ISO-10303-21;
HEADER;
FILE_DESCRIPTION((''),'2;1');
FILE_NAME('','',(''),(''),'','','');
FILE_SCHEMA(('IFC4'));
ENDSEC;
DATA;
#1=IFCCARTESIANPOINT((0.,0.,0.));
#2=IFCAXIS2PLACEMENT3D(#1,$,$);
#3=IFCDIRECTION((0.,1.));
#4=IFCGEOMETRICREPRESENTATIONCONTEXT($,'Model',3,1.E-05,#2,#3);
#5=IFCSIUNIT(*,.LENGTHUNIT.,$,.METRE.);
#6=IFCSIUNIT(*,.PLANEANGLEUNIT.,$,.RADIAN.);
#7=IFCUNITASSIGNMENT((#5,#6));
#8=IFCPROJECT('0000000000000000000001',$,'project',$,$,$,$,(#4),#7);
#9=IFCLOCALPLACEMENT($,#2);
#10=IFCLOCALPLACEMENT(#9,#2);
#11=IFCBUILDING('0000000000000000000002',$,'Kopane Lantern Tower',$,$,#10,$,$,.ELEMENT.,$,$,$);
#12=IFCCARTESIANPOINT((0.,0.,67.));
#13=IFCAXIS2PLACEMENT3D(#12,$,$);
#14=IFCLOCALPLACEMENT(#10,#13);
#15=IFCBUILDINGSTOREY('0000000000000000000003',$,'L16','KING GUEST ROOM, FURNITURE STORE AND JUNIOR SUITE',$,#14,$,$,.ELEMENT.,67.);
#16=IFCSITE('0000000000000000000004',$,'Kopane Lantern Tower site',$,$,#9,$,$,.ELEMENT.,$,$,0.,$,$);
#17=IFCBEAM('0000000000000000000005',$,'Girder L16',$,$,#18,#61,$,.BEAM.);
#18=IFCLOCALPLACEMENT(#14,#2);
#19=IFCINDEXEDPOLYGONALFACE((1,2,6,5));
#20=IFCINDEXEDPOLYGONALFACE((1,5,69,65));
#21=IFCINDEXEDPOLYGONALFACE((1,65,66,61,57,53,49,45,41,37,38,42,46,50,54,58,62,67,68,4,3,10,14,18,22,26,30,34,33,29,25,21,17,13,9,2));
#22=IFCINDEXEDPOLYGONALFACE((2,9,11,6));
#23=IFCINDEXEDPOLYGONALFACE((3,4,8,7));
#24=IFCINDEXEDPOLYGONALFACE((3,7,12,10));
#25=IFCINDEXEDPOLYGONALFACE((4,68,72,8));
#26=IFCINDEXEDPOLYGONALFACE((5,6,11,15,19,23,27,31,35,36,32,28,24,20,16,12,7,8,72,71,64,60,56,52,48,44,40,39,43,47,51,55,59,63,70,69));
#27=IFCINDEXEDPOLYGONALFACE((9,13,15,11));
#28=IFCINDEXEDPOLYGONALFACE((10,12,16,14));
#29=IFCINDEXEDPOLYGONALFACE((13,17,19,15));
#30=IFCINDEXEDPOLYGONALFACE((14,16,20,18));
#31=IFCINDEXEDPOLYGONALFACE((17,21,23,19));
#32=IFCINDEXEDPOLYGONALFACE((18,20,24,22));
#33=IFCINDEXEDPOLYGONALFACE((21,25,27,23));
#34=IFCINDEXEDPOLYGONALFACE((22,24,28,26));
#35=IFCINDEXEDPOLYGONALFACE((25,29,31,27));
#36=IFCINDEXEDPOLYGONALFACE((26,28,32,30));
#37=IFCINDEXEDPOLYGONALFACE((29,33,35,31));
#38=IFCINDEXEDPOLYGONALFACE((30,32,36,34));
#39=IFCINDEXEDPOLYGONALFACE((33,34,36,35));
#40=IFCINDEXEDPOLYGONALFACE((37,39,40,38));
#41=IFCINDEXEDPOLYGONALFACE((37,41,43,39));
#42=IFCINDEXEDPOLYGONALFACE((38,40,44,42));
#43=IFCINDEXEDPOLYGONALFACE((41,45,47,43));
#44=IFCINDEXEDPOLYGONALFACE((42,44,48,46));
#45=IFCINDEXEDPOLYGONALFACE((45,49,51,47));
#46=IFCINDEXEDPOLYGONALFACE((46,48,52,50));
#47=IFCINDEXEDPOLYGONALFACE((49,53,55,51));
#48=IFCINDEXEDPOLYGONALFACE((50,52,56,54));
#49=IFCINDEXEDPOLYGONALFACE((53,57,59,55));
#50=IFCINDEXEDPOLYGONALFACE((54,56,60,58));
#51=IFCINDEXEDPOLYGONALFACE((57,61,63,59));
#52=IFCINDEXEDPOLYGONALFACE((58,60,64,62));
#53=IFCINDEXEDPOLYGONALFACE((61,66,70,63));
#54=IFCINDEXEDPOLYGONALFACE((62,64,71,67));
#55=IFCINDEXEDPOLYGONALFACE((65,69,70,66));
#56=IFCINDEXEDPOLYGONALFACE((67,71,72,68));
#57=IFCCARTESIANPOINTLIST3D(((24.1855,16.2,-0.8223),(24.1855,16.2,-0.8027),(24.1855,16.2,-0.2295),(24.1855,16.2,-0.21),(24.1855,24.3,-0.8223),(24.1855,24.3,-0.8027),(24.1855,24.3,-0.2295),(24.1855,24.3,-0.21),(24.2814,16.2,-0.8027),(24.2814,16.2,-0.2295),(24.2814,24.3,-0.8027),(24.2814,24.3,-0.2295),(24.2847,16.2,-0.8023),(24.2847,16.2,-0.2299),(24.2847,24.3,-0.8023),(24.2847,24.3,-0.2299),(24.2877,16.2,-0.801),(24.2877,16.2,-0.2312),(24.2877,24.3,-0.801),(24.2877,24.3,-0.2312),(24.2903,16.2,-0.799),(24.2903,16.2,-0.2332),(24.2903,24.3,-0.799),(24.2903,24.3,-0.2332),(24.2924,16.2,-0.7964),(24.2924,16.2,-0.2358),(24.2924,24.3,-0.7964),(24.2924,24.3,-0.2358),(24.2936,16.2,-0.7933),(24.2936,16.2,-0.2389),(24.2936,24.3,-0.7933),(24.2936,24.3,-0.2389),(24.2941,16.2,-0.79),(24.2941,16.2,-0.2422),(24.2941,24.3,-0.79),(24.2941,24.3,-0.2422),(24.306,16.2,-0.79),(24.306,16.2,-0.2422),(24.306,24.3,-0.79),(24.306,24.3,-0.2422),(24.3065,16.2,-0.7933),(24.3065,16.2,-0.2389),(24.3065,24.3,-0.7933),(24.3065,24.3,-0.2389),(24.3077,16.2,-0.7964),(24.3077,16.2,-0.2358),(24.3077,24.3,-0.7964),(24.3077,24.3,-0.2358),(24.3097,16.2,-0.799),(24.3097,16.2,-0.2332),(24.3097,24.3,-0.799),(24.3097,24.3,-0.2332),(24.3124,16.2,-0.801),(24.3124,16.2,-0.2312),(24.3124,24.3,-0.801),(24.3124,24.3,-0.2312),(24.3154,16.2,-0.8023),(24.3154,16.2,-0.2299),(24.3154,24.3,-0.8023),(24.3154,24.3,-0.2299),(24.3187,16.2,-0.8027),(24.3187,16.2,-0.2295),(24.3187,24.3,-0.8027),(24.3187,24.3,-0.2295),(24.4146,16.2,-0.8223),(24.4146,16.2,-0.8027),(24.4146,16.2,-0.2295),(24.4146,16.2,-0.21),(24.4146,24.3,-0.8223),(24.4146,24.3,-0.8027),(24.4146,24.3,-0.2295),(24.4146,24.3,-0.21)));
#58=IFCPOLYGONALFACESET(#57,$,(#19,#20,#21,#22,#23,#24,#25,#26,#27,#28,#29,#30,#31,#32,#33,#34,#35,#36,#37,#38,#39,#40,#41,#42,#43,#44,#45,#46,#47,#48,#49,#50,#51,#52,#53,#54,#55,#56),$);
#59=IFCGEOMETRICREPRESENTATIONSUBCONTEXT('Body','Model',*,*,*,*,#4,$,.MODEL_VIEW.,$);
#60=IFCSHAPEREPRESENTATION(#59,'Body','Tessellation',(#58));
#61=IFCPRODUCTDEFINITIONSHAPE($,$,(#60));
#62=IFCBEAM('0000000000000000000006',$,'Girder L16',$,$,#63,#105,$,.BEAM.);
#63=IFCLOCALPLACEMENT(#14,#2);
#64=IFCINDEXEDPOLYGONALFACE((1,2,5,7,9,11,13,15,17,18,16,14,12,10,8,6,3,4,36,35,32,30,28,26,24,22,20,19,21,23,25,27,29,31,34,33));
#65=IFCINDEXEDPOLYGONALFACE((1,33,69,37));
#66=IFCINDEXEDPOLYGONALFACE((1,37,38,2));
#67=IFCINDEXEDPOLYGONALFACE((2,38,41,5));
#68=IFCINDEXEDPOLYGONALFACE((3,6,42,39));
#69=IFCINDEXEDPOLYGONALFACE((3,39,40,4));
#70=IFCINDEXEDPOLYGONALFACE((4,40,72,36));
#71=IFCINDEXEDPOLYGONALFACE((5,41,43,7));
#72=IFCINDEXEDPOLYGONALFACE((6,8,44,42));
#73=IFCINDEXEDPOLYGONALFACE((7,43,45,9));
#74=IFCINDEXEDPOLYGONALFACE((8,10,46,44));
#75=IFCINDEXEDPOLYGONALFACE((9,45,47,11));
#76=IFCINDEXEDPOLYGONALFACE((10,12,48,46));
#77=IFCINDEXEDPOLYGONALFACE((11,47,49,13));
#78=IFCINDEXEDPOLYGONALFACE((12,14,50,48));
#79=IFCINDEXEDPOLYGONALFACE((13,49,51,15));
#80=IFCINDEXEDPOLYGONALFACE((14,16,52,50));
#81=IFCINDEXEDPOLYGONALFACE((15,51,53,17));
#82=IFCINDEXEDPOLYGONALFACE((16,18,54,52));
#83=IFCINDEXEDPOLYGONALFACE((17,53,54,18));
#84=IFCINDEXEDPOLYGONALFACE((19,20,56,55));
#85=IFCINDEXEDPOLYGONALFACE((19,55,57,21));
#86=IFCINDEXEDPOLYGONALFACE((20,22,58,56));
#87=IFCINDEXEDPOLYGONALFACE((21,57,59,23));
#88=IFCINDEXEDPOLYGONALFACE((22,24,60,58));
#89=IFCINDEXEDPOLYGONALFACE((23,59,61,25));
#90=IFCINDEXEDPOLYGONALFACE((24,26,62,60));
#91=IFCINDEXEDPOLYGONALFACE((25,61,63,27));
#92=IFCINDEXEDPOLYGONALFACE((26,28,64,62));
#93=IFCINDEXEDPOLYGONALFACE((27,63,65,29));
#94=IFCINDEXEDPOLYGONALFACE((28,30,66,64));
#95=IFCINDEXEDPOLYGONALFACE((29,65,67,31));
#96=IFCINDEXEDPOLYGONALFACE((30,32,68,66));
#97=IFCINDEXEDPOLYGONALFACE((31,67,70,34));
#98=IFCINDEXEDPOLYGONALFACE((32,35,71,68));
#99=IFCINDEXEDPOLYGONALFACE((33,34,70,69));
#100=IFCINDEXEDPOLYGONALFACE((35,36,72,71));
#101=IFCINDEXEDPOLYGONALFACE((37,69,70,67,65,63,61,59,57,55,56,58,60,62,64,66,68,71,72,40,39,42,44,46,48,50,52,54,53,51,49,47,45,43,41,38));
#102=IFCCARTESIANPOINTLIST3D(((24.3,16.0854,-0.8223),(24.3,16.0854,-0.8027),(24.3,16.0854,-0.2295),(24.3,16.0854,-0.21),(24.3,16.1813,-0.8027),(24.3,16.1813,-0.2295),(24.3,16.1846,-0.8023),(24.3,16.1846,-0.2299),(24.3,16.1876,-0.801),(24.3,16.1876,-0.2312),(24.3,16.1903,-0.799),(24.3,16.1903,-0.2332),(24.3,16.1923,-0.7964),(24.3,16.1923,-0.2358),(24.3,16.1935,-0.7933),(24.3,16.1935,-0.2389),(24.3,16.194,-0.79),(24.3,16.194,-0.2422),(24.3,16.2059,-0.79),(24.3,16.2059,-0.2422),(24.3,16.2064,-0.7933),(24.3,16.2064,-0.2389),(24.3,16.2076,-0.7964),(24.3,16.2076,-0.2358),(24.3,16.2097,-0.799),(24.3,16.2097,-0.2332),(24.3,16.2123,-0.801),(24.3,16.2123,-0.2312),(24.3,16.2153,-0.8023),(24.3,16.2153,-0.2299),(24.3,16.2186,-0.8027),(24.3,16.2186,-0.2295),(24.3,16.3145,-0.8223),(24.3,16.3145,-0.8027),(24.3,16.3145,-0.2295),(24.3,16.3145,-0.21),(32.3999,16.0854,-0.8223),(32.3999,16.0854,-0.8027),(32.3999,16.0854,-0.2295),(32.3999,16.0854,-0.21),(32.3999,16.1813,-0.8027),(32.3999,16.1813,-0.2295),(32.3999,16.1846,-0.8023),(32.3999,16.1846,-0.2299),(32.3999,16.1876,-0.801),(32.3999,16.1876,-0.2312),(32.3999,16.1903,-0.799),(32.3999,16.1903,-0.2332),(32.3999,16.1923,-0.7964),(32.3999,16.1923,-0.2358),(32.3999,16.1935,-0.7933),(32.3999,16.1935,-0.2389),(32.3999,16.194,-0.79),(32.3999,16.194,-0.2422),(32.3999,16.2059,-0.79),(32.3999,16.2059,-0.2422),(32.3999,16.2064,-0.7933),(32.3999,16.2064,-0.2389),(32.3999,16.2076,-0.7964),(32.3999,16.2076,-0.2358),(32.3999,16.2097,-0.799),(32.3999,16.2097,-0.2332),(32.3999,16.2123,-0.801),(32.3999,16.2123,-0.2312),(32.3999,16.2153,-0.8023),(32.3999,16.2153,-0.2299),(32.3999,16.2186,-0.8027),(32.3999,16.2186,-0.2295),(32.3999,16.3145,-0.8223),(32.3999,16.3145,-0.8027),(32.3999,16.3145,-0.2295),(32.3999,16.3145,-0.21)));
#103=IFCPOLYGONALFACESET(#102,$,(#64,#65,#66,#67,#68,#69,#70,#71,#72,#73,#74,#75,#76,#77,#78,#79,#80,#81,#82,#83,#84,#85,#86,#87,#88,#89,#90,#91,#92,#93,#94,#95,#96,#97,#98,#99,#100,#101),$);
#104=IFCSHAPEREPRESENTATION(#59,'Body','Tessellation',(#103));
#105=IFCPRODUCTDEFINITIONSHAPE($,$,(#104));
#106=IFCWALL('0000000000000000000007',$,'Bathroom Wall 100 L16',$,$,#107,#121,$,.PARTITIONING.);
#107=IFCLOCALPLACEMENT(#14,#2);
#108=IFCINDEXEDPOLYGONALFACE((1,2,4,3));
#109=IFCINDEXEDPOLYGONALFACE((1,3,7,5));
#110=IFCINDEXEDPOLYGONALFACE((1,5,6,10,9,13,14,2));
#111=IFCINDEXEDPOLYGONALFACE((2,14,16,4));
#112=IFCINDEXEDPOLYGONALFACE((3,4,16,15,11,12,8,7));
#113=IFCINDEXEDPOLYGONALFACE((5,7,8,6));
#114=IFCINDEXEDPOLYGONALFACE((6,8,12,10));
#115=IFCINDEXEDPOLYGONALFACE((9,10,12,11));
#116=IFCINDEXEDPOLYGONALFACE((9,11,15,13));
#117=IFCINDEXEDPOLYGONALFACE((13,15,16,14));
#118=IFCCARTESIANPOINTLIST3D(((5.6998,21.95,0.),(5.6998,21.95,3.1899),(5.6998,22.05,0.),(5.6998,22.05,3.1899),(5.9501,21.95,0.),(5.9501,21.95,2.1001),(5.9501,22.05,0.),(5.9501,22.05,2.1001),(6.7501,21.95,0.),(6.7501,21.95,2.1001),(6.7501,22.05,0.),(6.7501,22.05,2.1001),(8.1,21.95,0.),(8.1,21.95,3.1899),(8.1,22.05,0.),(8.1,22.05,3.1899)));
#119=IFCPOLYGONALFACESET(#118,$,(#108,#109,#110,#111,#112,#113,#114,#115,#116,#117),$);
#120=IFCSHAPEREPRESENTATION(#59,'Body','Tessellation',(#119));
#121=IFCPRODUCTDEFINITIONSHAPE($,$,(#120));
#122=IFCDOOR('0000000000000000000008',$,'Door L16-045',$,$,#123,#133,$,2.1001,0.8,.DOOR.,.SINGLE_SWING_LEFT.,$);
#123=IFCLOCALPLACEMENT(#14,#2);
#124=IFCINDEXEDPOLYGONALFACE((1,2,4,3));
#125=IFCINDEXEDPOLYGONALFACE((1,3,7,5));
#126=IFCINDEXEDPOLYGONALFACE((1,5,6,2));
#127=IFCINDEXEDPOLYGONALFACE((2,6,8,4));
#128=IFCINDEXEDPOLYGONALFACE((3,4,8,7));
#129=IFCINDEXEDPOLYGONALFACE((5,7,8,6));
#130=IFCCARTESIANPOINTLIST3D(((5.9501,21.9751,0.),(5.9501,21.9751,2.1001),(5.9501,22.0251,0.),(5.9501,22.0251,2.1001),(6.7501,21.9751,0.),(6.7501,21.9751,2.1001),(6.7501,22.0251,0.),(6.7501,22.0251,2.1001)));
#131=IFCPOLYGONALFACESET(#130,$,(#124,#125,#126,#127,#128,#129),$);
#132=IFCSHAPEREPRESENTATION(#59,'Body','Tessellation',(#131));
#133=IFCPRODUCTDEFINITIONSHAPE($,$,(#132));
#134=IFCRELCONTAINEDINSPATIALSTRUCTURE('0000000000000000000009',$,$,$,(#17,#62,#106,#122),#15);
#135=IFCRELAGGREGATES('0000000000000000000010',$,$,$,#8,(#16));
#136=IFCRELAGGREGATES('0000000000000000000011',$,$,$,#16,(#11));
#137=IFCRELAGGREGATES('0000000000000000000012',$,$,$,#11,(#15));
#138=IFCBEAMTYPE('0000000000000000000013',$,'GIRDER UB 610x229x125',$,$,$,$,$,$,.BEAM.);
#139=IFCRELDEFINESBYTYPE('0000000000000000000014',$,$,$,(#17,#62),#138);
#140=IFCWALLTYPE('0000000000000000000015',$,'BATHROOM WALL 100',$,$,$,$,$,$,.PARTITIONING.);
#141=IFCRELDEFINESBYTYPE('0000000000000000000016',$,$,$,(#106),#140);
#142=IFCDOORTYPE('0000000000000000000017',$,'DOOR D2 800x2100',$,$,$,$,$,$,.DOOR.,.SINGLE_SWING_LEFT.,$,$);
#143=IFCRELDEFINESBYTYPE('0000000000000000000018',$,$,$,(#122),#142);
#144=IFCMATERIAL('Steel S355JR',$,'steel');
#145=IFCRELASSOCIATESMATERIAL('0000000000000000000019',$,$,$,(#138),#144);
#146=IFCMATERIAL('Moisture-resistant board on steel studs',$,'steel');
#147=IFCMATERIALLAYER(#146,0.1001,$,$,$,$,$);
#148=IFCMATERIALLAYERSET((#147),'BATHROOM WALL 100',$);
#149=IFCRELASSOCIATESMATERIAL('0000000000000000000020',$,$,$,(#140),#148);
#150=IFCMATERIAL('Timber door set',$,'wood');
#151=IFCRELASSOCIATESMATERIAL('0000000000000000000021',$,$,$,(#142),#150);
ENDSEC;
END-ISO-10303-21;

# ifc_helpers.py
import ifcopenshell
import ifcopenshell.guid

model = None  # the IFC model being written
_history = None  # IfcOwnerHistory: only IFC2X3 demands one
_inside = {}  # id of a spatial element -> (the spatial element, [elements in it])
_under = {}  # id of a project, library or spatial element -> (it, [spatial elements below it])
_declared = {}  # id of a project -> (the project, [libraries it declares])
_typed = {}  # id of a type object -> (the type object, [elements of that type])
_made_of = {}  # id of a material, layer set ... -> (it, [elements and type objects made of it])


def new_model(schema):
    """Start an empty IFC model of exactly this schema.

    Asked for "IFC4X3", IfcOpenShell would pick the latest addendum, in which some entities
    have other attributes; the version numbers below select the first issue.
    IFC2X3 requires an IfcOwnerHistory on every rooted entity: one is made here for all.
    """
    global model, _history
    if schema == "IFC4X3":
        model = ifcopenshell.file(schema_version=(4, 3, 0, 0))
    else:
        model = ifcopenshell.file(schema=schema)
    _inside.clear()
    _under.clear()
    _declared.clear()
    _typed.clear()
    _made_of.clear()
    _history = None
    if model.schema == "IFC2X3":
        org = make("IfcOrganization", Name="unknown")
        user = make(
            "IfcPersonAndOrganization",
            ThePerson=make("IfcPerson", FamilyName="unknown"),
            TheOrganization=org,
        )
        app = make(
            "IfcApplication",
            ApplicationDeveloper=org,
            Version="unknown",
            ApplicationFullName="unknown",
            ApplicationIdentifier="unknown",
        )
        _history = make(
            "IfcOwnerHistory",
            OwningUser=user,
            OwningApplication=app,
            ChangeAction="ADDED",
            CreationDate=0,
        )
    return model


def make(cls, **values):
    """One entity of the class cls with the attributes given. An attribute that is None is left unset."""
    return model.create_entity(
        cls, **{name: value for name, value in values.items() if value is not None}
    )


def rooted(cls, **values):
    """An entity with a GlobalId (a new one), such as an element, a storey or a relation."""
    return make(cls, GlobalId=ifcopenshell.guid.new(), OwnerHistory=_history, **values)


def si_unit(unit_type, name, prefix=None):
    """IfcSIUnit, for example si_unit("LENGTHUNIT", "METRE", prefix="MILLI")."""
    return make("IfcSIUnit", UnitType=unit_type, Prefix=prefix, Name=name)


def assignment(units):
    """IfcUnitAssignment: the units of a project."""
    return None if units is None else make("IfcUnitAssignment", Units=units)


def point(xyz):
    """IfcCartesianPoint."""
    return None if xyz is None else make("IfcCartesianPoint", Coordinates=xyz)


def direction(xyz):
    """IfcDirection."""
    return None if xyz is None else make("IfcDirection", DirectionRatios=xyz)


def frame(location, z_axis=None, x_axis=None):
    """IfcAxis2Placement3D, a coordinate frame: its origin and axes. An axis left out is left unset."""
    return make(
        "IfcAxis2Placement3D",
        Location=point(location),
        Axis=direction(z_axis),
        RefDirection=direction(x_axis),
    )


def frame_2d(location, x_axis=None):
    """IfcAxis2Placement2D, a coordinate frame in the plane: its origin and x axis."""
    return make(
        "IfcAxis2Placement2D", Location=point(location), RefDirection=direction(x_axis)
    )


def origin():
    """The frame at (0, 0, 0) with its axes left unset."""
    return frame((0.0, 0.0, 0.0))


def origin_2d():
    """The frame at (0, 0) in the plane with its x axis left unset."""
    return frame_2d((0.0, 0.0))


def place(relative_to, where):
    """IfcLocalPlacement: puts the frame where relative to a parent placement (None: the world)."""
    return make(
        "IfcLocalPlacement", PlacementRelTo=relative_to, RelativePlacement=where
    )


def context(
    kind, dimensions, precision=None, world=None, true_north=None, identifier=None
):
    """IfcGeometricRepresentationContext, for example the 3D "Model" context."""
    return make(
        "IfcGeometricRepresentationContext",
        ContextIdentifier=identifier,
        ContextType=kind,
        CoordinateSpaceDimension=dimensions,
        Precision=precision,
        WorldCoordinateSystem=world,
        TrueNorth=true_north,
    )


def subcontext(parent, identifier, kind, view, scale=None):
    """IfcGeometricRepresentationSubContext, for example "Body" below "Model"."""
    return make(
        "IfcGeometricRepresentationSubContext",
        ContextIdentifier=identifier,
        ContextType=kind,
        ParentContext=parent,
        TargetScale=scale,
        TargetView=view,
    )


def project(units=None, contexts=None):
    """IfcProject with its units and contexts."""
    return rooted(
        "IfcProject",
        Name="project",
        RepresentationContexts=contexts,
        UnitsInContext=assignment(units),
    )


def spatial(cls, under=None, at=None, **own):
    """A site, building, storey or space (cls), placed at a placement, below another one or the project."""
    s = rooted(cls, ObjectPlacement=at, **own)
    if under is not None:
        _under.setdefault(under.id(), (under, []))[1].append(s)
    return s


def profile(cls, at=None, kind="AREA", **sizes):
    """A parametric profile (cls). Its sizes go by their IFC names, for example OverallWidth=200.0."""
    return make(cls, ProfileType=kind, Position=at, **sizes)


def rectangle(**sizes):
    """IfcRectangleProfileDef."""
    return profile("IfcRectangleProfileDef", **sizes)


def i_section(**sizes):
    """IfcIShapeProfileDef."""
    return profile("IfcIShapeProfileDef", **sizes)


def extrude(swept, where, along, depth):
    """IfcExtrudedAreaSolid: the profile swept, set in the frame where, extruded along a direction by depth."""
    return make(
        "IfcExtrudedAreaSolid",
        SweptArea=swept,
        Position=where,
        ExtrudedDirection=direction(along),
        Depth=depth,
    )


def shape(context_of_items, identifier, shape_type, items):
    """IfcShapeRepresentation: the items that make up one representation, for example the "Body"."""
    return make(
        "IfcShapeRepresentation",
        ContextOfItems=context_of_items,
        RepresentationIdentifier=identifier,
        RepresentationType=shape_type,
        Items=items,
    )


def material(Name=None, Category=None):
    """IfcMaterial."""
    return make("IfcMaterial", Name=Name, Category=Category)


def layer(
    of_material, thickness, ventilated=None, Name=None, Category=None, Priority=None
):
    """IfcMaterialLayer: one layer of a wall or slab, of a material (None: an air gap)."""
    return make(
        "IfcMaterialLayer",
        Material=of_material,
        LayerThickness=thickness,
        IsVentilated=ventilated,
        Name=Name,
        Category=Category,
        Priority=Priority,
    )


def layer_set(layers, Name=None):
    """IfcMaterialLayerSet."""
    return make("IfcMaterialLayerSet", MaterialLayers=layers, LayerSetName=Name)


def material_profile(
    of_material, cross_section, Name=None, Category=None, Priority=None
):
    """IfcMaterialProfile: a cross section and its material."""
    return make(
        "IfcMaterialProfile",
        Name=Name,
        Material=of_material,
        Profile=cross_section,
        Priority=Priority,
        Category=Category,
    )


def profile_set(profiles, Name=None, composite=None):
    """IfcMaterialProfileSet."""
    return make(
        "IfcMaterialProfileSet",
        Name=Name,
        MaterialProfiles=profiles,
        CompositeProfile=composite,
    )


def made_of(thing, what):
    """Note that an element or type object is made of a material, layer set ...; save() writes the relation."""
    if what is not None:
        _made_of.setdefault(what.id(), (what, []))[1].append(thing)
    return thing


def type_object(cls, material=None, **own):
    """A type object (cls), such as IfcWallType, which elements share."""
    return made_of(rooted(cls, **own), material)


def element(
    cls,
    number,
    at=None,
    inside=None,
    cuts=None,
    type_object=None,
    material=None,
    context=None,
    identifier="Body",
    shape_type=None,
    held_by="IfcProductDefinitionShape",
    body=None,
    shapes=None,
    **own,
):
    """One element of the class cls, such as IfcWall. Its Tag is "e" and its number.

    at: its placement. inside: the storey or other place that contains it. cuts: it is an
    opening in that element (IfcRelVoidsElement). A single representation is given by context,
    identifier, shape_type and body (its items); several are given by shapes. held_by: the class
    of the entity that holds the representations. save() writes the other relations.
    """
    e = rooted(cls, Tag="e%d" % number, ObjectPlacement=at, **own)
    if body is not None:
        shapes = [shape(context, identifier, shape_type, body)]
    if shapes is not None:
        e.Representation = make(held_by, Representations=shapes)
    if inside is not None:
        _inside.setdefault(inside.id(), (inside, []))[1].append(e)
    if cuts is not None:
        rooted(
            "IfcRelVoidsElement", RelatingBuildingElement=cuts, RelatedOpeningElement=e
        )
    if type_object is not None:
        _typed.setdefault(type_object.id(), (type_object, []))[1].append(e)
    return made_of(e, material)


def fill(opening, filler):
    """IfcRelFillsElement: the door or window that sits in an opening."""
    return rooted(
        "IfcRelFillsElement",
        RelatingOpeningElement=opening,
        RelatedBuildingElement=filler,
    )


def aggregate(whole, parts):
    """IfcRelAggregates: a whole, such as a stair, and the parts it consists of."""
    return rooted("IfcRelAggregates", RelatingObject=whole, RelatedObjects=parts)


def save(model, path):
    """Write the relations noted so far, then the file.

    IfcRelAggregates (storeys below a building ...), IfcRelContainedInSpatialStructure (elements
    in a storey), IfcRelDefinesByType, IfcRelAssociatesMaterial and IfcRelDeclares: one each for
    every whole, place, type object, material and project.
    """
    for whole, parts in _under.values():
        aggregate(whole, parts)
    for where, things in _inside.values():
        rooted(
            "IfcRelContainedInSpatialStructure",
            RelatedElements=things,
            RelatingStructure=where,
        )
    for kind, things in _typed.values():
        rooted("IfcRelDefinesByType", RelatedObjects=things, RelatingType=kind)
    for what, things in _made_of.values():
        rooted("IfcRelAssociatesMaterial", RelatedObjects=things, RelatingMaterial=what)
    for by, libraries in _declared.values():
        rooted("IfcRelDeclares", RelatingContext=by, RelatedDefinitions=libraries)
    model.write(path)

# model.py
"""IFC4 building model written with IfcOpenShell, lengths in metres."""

from ifc_helpers import new_model, si_unit, direction, frame, frame_2d, origin, origin_2d, place, context, subcontext, project, spatial, rectangle, i_section, extrude, material, layer, layer_set, material_profile, profile_set, type_object, element, fill, save


model = new_model("IFC4")

# Units and contexts
model_context = context("Model", 3, precision=1e-05, world=origin(), true_north=direction((0.0, 1.0)))
body_context = subcontext(model_context, "Body", "Model", "MODEL_VIEW")
ifc_project = project(units=[si_unit("LENGTHUNIT", "METRE"), si_unit("PLANEANGLEUNIT", "RADIAN")], contexts=[model_context])

# Site, building, storey
site_placement = place(None, origin())
site = spatial("IfcSite", under=ifc_project, at=site_placement, Name="Kopane Lantern Tower site", CompositionType="ELEMENT", RefElevation=0.0)
building_placement = place(site_placement, origin())
building = spatial("IfcBuilding", under=site, at=building_placement, Name="Kopane Lantern Tower", CompositionType="ELEMENT")
storey_placement = place(building_placement, frame((0.0, 0.0, 67.0)))
storey = spatial("IfcBuildingStorey", under=building, at=storey_placement, Name="L16", Description="KING GUEST ROOM, FURNITURE STORE AND JUNIOR SUITE", CompositionType="ELEMENT", Elevation=67.0)

# Beams
ifc_material_1 = material(Name="Steel S355JR", Category="steel")
ifc_material_profile_1 = material_profile(ifc_material_1, i_section(OverallWidth=0.229, OverallDepth=0.6123, WebThickness=0.012, FlangeThickness=0.0195, FilletRadius=0.0127, at=origin_2d()), Name="UB 610x229x125")
ifc_profile_set_1 = profile_set([ifc_material_profile_1], Name="Steel S355JR")
beam_type = type_object("IfcBeamType", Name="GIRDER UB 610x229x125", PredefinedType="BEAM", material=ifc_profile_set_1)
for number, where, z_axis, x_axis, name in (
    (1, (24.3, 16.2, -0.5161), (0.0, 1.0, 0.0), (-1.0, 0.0, 0.0), "Girder L16"),
):
    element("IfcBeam", number, at=place(storey_placement, frame(where, z_axis=z_axis, x_axis=x_axis)), inside=storey, type_object=beam_type, Name=name, PredefinedType="BEAM", context=body_context, shape_type="SweptSolid", body=[
        extrude(i_section(OverallWidth=0.229, OverallDepth=0.6123, WebThickness=0.012, FlangeThickness=0.0195, FilletRadius=0.0127, at=origin_2d()), origin(), (0.0, 0.0, 1.0), 8.1001),
    ])
beam_1_placement = place(storey_placement, frame((24.3, 16.2, -0.5161), z_axis=(1.0, 0.0, 0.0), x_axis=(0.0, 1.0, 0.0)))
element("IfcBeam", 2, at=beam_1_placement, inside=storey, type_object=beam_type, Name="Girder L16", PredefinedType="BEAM", context=body_context, shape_type="SweptSolid", body=[
    extrude(i_section(OverallWidth=0.229, OverallDepth=0.6123, WebThickness=0.012, FlangeThickness=0.0195, FilletRadius=0.0127, at=origin_2d()), origin(), (0.0, 0.0, 1.0), 8.0999),
])

# Wall, opening, door
ifc_material_2 = material(Name="Moisture-resistant board on steel studs", Category="steel")
ifc_layer_1 = layer(ifc_material_2, 0.1001)
ifc_layer_set_1 = layer_set([ifc_layer_1], Name="BATHROOM WALL 100")
wall_type_1 = type_object("IfcWallType", Name="BATHROOM WALL 100", PredefinedType="PARTITIONING", material=ifc_layer_set_1)
wall_1_placement = place(storey_placement, frame((8.1001, 22.0, 0.0), z_axis=(0.0, 0.0, 1.0), x_axis=(-1.0, 0.0, 0.0)))
wall_1 = element("IfcWall", 3, at=wall_1_placement, inside=storey, type_object=wall_type_1, Name="Bathroom Wall 100 L16", PredefinedType="PARTITIONING", context=body_context, shape_type="SweptSolid", body=[
    extrude(rectangle(XDim=2.4001, YDim=0.1001, at=frame_2d((1.2002, 0.0))), origin(), (0.0, 0.0, 1.0), 3.1899),
])
opening_1_placement = place(wall_1_placement, frame((1.3501, 0.0, 0.0)))
opening_1 = element("IfcOpeningElement", 4, at=opening_1_placement, cuts=wall_1, PredefinedType="OPENING", context=body_context, shape_type="SweptSolid", body=[
    extrude(rectangle(XDim=0.8, YDim=2.1001, at=frame_2d((0.3999, 1.05))), frame((0.0, 0.0601, 0.0), z_axis=(0.0, -1.0, 0.0), x_axis=(1.0, 0.0, 0.0)), (0.0, 0.0, 1.0), 0.1201),
])
ifc_material_3 = material(Name="Timber door set", Category="wood")
door_type_1 = type_object("IfcDoorType", Name="DOOR D2 800x2100", OperationType="SINGLE_SWING_LEFT", PredefinedType="DOOR", material=ifc_material_3)
door_1_placement = place(opening_1_placement, origin())
door_1 = element("IfcDoor", 5, at=door_1_placement, inside=storey, type_object=door_type_1, Name="Door L16-045", OperationType="SINGLE_SWING_LEFT", OverallHeight=2.1001, OverallWidth=0.8, PredefinedType="DOOR", context=body_context, shape_type="SweptSolid", body=[
    extrude(rectangle(XDim=0.8, YDim=2.1001, at=frame_2d((0.3999, 1.05))), frame((0.0, 0.0249, 0.0), z_axis=(0.0, -1.0, 0.0), x_axis=(1.0, 0.0, 0.0)), (0.0, 0.0, 1.0), 0.05),
])
fill(opening_1, door_1)

save(model, "model.ifc")
